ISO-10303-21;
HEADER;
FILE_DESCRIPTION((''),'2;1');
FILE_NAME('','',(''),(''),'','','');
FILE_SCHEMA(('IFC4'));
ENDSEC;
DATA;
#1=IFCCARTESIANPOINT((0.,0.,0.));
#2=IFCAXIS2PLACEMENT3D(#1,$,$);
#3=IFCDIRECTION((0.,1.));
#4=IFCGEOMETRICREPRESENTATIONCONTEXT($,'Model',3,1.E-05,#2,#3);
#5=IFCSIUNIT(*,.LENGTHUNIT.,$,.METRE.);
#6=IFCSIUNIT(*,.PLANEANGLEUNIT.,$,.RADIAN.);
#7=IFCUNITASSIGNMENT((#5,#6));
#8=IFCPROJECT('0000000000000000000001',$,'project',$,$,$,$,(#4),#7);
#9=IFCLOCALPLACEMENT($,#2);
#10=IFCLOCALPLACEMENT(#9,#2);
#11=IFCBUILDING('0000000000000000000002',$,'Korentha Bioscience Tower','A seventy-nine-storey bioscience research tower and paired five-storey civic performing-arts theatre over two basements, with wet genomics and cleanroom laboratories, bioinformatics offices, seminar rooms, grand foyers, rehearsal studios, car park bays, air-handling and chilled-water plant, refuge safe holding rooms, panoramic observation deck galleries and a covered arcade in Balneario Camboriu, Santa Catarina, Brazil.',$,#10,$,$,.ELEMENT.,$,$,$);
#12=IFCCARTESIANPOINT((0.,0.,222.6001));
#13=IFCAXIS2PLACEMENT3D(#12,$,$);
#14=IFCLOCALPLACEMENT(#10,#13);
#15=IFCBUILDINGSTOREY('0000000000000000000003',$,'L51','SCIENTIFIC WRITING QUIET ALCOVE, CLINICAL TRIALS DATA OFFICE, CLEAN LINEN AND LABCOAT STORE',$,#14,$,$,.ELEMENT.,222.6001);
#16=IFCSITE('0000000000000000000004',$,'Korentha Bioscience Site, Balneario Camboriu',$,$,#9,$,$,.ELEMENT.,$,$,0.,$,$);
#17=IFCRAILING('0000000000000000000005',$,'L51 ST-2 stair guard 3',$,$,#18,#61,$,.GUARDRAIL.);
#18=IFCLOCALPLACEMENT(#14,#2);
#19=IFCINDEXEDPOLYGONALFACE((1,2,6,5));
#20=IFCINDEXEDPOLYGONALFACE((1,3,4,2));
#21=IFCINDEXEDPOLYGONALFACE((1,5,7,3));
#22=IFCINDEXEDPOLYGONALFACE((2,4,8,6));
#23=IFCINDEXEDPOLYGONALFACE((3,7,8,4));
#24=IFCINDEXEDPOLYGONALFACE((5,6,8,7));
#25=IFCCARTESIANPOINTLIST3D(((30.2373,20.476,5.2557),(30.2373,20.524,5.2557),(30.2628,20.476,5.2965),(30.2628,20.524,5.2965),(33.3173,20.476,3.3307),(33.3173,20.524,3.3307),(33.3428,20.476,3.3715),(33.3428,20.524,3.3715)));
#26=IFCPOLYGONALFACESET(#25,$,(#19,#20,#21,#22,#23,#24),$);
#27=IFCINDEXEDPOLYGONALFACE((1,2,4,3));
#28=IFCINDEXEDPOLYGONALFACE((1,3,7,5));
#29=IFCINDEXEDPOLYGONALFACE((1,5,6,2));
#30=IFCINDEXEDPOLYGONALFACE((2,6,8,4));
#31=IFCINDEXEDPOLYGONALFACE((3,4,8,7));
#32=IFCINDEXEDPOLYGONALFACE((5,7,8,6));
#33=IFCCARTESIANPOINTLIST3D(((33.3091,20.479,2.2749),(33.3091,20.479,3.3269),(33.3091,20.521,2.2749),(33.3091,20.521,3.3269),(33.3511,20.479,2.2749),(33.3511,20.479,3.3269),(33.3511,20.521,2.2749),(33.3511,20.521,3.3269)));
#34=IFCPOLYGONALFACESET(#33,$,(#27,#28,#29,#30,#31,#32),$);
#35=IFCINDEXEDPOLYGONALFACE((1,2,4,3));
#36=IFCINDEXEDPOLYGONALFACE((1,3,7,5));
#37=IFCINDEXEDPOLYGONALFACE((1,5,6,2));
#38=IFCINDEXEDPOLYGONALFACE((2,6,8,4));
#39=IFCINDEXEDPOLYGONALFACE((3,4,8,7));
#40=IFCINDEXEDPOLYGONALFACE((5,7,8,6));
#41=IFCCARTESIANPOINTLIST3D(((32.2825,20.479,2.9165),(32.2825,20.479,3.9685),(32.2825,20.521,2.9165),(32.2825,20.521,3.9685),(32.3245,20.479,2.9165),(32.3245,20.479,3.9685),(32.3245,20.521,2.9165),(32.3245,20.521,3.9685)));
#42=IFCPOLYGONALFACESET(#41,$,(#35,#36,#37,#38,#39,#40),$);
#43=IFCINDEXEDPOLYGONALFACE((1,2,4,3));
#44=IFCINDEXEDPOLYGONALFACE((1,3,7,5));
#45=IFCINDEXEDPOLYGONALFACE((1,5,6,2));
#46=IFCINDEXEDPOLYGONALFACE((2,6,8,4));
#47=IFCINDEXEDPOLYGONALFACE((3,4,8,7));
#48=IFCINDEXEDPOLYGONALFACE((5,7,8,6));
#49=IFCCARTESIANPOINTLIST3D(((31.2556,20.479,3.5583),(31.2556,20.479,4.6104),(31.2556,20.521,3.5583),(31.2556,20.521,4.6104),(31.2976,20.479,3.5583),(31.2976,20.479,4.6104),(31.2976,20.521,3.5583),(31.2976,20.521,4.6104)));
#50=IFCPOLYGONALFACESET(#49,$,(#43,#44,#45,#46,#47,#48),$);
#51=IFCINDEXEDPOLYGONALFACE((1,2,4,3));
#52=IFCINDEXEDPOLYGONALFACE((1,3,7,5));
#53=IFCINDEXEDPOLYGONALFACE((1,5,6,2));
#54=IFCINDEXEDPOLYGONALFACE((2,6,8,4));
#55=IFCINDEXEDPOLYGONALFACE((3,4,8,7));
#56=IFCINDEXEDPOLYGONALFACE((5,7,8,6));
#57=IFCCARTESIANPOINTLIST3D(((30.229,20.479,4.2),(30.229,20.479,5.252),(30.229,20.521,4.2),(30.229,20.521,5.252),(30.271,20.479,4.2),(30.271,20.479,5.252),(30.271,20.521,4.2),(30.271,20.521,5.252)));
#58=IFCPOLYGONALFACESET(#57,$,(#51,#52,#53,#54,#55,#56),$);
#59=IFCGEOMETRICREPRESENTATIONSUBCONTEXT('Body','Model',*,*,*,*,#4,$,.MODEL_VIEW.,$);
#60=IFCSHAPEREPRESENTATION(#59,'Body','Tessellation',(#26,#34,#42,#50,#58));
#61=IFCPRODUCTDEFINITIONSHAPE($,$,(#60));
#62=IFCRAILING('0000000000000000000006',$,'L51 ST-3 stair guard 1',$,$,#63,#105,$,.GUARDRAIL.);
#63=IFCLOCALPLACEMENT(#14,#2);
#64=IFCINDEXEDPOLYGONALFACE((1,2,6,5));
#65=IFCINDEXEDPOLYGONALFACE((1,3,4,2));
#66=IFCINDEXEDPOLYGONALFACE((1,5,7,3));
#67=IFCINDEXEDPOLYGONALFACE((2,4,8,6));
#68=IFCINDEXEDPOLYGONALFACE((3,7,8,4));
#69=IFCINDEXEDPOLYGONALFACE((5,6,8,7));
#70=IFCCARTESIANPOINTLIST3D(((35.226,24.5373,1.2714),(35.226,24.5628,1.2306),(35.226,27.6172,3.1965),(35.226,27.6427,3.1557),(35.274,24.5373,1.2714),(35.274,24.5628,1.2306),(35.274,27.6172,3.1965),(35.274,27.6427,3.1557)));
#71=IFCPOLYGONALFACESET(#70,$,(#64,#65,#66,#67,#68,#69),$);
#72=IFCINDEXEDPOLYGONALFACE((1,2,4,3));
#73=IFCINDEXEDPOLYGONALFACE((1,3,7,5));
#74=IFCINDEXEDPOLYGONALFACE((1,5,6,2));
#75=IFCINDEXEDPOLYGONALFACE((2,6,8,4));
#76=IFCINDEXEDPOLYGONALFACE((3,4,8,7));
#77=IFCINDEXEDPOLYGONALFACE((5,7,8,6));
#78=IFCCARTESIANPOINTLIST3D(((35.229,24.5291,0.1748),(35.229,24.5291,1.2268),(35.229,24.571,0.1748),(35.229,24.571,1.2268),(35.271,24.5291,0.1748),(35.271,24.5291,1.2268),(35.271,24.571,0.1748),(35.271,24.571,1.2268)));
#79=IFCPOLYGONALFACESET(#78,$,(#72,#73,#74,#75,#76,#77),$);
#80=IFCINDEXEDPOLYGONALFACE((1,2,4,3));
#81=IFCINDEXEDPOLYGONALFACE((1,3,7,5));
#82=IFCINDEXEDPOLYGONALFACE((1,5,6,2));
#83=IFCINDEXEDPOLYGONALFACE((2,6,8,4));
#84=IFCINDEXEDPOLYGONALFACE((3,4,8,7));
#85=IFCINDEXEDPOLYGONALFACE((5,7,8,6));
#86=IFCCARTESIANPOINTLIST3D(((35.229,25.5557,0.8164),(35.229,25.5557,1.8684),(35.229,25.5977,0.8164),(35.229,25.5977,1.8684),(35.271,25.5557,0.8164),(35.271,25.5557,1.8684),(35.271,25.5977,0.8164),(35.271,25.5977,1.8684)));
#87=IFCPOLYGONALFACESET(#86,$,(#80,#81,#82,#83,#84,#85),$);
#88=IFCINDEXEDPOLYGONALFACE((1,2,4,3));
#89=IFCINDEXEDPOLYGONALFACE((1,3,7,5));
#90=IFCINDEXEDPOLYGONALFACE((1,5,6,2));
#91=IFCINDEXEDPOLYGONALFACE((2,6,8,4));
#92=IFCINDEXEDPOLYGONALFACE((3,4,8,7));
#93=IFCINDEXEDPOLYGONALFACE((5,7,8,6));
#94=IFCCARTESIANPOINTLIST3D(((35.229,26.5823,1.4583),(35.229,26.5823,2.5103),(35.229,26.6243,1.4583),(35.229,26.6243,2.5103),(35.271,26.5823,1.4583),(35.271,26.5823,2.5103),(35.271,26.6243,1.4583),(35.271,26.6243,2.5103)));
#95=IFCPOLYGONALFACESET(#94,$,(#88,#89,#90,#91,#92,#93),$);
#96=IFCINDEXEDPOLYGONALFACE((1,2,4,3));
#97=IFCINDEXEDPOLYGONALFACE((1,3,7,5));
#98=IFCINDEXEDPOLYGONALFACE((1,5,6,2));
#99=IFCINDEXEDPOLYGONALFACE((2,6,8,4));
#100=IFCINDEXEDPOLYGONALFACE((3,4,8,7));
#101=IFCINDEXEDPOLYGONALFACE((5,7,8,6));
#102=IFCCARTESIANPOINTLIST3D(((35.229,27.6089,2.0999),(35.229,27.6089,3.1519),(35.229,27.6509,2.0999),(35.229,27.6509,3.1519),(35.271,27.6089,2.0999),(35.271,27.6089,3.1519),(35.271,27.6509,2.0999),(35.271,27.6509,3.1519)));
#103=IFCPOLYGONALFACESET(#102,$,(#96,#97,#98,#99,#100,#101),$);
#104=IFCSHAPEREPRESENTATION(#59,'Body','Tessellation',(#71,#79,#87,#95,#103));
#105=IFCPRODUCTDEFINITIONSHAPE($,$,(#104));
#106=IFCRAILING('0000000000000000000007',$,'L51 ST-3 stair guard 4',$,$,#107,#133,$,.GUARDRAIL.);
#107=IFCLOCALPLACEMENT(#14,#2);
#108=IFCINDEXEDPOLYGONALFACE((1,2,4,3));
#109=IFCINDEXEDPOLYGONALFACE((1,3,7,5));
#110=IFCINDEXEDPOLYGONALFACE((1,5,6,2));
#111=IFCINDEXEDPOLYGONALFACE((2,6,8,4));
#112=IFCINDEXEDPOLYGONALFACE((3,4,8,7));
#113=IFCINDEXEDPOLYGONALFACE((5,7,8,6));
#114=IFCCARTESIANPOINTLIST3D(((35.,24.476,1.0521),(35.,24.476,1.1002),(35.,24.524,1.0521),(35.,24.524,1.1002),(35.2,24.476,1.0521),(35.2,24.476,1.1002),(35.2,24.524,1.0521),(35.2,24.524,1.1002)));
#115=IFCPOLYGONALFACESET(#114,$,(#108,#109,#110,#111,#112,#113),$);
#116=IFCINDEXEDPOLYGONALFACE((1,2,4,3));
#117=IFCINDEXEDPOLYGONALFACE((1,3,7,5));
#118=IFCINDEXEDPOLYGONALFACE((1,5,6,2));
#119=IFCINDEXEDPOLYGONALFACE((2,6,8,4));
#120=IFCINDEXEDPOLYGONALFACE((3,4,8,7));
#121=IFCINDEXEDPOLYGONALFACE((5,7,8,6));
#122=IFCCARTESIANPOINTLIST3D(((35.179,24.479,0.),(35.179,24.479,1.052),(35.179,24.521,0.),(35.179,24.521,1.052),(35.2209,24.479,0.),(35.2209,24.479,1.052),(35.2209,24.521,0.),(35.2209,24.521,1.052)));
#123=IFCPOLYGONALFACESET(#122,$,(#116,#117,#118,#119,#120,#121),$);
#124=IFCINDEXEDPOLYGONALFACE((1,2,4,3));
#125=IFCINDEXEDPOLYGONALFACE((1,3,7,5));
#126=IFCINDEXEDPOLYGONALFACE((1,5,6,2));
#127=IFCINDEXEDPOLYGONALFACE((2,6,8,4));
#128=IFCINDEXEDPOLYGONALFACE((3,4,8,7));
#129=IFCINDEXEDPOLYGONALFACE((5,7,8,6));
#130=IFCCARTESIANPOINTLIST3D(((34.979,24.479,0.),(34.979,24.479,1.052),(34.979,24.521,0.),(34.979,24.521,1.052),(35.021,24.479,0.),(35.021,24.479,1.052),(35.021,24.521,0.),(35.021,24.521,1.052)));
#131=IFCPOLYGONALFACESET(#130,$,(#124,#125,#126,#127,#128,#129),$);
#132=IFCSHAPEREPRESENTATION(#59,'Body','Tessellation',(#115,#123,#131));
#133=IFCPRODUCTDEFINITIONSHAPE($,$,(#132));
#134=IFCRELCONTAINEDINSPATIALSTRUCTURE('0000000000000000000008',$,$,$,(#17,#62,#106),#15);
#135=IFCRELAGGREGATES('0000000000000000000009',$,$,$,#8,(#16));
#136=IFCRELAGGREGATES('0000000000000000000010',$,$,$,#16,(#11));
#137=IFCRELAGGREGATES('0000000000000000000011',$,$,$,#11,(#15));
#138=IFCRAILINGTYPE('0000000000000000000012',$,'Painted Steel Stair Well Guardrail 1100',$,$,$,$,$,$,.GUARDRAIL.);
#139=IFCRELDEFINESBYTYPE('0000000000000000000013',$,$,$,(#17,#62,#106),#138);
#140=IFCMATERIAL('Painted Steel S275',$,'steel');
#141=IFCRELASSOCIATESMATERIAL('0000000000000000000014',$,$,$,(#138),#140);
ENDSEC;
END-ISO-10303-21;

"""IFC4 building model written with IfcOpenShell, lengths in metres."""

from ifc_helpers import new_model, si_unit, direction, frame, origin, origin_2d, place, context, subcontext, project, spatial, rectangle, extrude, material, type_object, element, save


model = new_model("IFC4")

# Units and contexts
model_context = context("Model", 3, precision=1e-05, world=origin(), true_north=direction((0.0, 1.0)))
body_context = subcontext(model_context, "Body", "Model", "MODEL_VIEW")
ifc_project = project(units=[si_unit("LENGTHUNIT", "METRE"), si_unit("PLANEANGLEUNIT", "RADIAN")], contexts=[model_context])

# Site, building, storey
site_placement = place(None, origin())
site = spatial("IfcSite", under=ifc_project, at=site_placement, Name="Korentha Bioscience Site, Balneario Camboriu", CompositionType="ELEMENT", RefElevation=0.0)
building_placement = place(site_placement, origin())
building = spatial("IfcBuilding", under=site, at=building_placement, Name="Korentha Bioscience Tower", Description="A seventy-nine-storey bioscience research tower and paired five-storey civic performing-arts theatre over two basements, with wet genomics and cleanroom laboratories, bioinformatics offices, seminar rooms, grand foyers, rehearsal studios, car park bays, air-handling and chilled-water plant, refuge safe holding rooms, panoramic observation deck galleries and a covered arcade in Balneario Camboriu, Santa Catarina, Brazil.", CompositionType="ELEMENT")
storey_placement = place(building_placement, frame((0.0, 0.0, 222.6001)))
storey = spatial("IfcBuildingStorey", under=building, at=storey_placement, Name="L51", Description="SCIENTIFIC WRITING QUIET ALCOVE, CLINICAL TRIALS DATA OFFICE, CLEAN LINEN AND LABCOAT STORE", CompositionType="ELEMENT", Elevation=222.6001)

# Railings
ifc_material_1 = material(Name="Painted Steel S275", Category="steel")
railing_type_1 = type_object("IfcRailingType", Name="Painted Steel Stair Well Guardrail 1100", PredefinedType="GUARDRAIL", material=ifc_material_1)
railing_1_placement = place(storey_placement, frame((33.3301, 20.5, 2.2749)))
element("IfcRailing", 1, at=railing_1_placement, inside=storey, type_object=railing_type_1, Name="L51 ST-2 stair guard 3", PredefinedType="GUARDRAIL", context=body_context, shape_type="SweptSolid", body=[
    extrude(rectangle(XDim=0.0481, YDim=0.0481, at=origin_2d()), frame((0.0, 0.0, 1.0762), z_axis=(-0.847998, 0.0, 0.529999), x_axis=(0.0, -1.0, 0.0)), (0.0, 0.0, 1.0), 3.6321),
    extrude(rectangle(XDim=0.042, YDim=0.042, at=origin_2d()), origin(), (0.0, 0.0, 1.0), 1.052),
    extrude(rectangle(XDim=0.042, YDim=0.042, at=origin_2d()), frame((-1.0266, 0.0, 0.6416)), (0.0, 0.0, 1.0), 1.052),
    extrude(rectangle(XDim=0.042, YDim=0.042, at=origin_2d()), frame((-2.0535, 0.0, 1.2834)), (0.0, 0.0, 1.0), 1.052),
    extrude(rectangle(XDim=0.042, YDim=0.042, at=origin_2d()), frame((-3.0801, 0.0, 1.925)), (0.0, 0.0, 1.0), 1.052),
])
railing_2_placement = place(storey_placement, frame((35.25, 24.55, 0.1748)))
element("IfcRailing", 2, at=railing_2_placement, inside=storey, type_object=railing_type_1, Name="L51 ST-3 stair guard 1", PredefinedType="GUARDRAIL", context=body_context, shape_type="SweptSolid", body=[
    extrude(rectangle(XDim=0.0481, YDim=0.0481, at=origin_2d()), frame((0.0, 0.0, 1.0762), z_axis=(0.0, 0.847979, 0.530029), x_axis=(-1.0, 0.0, 0.0)), (0.0, 0.0, 1.0), 3.6321),
    extrude(rectangle(XDim=0.042, YDim=0.042, at=origin_2d()), origin(), (0.0, 0.0, 1.0), 1.052),
    extrude(rectangle(XDim=0.042, YDim=0.042, at=origin_2d()), frame((0.0, 1.0266, 0.6416)), (0.0, 0.0, 1.0), 1.052),
    extrude(rectangle(XDim=0.042, YDim=0.042, at=origin_2d()), frame((0.0, 2.0532, 1.2834)), (0.0, 0.0, 1.0), 1.052),
    extrude(rectangle(XDim=0.042, YDim=0.042, at=origin_2d()), frame((0.0, 3.0798, 1.925)), (0.0, 0.0, 1.0), 1.052),
])
railing_3_placement = place(storey_placement, frame((35.2, 24.5, 0.0)))
element("IfcRailing", 3, at=railing_3_placement, inside=storey, type_object=railing_type_1, Name="L51 ST-3 stair guard 4", PredefinedType="GUARDRAIL", context=body_context, shape_type="SweptSolid", body=[
    extrude(rectangle(XDim=0.0481, YDim=0.0481, at=origin_2d()), frame((0.0, 0.0, 1.0762), z_axis=(-1.0, 0.0, 0.0), x_axis=(0.0, -1.0, 0.0)), (0.0, 0.0, 1.0), 0.2),
    extrude(rectangle(XDim=0.042, YDim=0.042, at=origin_2d()), origin(), (0.0, 0.0, 1.0), 1.052),
    extrude(rectangle(XDim=0.042, YDim=0.042, at=origin_2d()), frame((-0.2, 0.0, 0.0)), (0.0, 0.0, 1.0), 1.052),
])

save(model, "model.ifc")
